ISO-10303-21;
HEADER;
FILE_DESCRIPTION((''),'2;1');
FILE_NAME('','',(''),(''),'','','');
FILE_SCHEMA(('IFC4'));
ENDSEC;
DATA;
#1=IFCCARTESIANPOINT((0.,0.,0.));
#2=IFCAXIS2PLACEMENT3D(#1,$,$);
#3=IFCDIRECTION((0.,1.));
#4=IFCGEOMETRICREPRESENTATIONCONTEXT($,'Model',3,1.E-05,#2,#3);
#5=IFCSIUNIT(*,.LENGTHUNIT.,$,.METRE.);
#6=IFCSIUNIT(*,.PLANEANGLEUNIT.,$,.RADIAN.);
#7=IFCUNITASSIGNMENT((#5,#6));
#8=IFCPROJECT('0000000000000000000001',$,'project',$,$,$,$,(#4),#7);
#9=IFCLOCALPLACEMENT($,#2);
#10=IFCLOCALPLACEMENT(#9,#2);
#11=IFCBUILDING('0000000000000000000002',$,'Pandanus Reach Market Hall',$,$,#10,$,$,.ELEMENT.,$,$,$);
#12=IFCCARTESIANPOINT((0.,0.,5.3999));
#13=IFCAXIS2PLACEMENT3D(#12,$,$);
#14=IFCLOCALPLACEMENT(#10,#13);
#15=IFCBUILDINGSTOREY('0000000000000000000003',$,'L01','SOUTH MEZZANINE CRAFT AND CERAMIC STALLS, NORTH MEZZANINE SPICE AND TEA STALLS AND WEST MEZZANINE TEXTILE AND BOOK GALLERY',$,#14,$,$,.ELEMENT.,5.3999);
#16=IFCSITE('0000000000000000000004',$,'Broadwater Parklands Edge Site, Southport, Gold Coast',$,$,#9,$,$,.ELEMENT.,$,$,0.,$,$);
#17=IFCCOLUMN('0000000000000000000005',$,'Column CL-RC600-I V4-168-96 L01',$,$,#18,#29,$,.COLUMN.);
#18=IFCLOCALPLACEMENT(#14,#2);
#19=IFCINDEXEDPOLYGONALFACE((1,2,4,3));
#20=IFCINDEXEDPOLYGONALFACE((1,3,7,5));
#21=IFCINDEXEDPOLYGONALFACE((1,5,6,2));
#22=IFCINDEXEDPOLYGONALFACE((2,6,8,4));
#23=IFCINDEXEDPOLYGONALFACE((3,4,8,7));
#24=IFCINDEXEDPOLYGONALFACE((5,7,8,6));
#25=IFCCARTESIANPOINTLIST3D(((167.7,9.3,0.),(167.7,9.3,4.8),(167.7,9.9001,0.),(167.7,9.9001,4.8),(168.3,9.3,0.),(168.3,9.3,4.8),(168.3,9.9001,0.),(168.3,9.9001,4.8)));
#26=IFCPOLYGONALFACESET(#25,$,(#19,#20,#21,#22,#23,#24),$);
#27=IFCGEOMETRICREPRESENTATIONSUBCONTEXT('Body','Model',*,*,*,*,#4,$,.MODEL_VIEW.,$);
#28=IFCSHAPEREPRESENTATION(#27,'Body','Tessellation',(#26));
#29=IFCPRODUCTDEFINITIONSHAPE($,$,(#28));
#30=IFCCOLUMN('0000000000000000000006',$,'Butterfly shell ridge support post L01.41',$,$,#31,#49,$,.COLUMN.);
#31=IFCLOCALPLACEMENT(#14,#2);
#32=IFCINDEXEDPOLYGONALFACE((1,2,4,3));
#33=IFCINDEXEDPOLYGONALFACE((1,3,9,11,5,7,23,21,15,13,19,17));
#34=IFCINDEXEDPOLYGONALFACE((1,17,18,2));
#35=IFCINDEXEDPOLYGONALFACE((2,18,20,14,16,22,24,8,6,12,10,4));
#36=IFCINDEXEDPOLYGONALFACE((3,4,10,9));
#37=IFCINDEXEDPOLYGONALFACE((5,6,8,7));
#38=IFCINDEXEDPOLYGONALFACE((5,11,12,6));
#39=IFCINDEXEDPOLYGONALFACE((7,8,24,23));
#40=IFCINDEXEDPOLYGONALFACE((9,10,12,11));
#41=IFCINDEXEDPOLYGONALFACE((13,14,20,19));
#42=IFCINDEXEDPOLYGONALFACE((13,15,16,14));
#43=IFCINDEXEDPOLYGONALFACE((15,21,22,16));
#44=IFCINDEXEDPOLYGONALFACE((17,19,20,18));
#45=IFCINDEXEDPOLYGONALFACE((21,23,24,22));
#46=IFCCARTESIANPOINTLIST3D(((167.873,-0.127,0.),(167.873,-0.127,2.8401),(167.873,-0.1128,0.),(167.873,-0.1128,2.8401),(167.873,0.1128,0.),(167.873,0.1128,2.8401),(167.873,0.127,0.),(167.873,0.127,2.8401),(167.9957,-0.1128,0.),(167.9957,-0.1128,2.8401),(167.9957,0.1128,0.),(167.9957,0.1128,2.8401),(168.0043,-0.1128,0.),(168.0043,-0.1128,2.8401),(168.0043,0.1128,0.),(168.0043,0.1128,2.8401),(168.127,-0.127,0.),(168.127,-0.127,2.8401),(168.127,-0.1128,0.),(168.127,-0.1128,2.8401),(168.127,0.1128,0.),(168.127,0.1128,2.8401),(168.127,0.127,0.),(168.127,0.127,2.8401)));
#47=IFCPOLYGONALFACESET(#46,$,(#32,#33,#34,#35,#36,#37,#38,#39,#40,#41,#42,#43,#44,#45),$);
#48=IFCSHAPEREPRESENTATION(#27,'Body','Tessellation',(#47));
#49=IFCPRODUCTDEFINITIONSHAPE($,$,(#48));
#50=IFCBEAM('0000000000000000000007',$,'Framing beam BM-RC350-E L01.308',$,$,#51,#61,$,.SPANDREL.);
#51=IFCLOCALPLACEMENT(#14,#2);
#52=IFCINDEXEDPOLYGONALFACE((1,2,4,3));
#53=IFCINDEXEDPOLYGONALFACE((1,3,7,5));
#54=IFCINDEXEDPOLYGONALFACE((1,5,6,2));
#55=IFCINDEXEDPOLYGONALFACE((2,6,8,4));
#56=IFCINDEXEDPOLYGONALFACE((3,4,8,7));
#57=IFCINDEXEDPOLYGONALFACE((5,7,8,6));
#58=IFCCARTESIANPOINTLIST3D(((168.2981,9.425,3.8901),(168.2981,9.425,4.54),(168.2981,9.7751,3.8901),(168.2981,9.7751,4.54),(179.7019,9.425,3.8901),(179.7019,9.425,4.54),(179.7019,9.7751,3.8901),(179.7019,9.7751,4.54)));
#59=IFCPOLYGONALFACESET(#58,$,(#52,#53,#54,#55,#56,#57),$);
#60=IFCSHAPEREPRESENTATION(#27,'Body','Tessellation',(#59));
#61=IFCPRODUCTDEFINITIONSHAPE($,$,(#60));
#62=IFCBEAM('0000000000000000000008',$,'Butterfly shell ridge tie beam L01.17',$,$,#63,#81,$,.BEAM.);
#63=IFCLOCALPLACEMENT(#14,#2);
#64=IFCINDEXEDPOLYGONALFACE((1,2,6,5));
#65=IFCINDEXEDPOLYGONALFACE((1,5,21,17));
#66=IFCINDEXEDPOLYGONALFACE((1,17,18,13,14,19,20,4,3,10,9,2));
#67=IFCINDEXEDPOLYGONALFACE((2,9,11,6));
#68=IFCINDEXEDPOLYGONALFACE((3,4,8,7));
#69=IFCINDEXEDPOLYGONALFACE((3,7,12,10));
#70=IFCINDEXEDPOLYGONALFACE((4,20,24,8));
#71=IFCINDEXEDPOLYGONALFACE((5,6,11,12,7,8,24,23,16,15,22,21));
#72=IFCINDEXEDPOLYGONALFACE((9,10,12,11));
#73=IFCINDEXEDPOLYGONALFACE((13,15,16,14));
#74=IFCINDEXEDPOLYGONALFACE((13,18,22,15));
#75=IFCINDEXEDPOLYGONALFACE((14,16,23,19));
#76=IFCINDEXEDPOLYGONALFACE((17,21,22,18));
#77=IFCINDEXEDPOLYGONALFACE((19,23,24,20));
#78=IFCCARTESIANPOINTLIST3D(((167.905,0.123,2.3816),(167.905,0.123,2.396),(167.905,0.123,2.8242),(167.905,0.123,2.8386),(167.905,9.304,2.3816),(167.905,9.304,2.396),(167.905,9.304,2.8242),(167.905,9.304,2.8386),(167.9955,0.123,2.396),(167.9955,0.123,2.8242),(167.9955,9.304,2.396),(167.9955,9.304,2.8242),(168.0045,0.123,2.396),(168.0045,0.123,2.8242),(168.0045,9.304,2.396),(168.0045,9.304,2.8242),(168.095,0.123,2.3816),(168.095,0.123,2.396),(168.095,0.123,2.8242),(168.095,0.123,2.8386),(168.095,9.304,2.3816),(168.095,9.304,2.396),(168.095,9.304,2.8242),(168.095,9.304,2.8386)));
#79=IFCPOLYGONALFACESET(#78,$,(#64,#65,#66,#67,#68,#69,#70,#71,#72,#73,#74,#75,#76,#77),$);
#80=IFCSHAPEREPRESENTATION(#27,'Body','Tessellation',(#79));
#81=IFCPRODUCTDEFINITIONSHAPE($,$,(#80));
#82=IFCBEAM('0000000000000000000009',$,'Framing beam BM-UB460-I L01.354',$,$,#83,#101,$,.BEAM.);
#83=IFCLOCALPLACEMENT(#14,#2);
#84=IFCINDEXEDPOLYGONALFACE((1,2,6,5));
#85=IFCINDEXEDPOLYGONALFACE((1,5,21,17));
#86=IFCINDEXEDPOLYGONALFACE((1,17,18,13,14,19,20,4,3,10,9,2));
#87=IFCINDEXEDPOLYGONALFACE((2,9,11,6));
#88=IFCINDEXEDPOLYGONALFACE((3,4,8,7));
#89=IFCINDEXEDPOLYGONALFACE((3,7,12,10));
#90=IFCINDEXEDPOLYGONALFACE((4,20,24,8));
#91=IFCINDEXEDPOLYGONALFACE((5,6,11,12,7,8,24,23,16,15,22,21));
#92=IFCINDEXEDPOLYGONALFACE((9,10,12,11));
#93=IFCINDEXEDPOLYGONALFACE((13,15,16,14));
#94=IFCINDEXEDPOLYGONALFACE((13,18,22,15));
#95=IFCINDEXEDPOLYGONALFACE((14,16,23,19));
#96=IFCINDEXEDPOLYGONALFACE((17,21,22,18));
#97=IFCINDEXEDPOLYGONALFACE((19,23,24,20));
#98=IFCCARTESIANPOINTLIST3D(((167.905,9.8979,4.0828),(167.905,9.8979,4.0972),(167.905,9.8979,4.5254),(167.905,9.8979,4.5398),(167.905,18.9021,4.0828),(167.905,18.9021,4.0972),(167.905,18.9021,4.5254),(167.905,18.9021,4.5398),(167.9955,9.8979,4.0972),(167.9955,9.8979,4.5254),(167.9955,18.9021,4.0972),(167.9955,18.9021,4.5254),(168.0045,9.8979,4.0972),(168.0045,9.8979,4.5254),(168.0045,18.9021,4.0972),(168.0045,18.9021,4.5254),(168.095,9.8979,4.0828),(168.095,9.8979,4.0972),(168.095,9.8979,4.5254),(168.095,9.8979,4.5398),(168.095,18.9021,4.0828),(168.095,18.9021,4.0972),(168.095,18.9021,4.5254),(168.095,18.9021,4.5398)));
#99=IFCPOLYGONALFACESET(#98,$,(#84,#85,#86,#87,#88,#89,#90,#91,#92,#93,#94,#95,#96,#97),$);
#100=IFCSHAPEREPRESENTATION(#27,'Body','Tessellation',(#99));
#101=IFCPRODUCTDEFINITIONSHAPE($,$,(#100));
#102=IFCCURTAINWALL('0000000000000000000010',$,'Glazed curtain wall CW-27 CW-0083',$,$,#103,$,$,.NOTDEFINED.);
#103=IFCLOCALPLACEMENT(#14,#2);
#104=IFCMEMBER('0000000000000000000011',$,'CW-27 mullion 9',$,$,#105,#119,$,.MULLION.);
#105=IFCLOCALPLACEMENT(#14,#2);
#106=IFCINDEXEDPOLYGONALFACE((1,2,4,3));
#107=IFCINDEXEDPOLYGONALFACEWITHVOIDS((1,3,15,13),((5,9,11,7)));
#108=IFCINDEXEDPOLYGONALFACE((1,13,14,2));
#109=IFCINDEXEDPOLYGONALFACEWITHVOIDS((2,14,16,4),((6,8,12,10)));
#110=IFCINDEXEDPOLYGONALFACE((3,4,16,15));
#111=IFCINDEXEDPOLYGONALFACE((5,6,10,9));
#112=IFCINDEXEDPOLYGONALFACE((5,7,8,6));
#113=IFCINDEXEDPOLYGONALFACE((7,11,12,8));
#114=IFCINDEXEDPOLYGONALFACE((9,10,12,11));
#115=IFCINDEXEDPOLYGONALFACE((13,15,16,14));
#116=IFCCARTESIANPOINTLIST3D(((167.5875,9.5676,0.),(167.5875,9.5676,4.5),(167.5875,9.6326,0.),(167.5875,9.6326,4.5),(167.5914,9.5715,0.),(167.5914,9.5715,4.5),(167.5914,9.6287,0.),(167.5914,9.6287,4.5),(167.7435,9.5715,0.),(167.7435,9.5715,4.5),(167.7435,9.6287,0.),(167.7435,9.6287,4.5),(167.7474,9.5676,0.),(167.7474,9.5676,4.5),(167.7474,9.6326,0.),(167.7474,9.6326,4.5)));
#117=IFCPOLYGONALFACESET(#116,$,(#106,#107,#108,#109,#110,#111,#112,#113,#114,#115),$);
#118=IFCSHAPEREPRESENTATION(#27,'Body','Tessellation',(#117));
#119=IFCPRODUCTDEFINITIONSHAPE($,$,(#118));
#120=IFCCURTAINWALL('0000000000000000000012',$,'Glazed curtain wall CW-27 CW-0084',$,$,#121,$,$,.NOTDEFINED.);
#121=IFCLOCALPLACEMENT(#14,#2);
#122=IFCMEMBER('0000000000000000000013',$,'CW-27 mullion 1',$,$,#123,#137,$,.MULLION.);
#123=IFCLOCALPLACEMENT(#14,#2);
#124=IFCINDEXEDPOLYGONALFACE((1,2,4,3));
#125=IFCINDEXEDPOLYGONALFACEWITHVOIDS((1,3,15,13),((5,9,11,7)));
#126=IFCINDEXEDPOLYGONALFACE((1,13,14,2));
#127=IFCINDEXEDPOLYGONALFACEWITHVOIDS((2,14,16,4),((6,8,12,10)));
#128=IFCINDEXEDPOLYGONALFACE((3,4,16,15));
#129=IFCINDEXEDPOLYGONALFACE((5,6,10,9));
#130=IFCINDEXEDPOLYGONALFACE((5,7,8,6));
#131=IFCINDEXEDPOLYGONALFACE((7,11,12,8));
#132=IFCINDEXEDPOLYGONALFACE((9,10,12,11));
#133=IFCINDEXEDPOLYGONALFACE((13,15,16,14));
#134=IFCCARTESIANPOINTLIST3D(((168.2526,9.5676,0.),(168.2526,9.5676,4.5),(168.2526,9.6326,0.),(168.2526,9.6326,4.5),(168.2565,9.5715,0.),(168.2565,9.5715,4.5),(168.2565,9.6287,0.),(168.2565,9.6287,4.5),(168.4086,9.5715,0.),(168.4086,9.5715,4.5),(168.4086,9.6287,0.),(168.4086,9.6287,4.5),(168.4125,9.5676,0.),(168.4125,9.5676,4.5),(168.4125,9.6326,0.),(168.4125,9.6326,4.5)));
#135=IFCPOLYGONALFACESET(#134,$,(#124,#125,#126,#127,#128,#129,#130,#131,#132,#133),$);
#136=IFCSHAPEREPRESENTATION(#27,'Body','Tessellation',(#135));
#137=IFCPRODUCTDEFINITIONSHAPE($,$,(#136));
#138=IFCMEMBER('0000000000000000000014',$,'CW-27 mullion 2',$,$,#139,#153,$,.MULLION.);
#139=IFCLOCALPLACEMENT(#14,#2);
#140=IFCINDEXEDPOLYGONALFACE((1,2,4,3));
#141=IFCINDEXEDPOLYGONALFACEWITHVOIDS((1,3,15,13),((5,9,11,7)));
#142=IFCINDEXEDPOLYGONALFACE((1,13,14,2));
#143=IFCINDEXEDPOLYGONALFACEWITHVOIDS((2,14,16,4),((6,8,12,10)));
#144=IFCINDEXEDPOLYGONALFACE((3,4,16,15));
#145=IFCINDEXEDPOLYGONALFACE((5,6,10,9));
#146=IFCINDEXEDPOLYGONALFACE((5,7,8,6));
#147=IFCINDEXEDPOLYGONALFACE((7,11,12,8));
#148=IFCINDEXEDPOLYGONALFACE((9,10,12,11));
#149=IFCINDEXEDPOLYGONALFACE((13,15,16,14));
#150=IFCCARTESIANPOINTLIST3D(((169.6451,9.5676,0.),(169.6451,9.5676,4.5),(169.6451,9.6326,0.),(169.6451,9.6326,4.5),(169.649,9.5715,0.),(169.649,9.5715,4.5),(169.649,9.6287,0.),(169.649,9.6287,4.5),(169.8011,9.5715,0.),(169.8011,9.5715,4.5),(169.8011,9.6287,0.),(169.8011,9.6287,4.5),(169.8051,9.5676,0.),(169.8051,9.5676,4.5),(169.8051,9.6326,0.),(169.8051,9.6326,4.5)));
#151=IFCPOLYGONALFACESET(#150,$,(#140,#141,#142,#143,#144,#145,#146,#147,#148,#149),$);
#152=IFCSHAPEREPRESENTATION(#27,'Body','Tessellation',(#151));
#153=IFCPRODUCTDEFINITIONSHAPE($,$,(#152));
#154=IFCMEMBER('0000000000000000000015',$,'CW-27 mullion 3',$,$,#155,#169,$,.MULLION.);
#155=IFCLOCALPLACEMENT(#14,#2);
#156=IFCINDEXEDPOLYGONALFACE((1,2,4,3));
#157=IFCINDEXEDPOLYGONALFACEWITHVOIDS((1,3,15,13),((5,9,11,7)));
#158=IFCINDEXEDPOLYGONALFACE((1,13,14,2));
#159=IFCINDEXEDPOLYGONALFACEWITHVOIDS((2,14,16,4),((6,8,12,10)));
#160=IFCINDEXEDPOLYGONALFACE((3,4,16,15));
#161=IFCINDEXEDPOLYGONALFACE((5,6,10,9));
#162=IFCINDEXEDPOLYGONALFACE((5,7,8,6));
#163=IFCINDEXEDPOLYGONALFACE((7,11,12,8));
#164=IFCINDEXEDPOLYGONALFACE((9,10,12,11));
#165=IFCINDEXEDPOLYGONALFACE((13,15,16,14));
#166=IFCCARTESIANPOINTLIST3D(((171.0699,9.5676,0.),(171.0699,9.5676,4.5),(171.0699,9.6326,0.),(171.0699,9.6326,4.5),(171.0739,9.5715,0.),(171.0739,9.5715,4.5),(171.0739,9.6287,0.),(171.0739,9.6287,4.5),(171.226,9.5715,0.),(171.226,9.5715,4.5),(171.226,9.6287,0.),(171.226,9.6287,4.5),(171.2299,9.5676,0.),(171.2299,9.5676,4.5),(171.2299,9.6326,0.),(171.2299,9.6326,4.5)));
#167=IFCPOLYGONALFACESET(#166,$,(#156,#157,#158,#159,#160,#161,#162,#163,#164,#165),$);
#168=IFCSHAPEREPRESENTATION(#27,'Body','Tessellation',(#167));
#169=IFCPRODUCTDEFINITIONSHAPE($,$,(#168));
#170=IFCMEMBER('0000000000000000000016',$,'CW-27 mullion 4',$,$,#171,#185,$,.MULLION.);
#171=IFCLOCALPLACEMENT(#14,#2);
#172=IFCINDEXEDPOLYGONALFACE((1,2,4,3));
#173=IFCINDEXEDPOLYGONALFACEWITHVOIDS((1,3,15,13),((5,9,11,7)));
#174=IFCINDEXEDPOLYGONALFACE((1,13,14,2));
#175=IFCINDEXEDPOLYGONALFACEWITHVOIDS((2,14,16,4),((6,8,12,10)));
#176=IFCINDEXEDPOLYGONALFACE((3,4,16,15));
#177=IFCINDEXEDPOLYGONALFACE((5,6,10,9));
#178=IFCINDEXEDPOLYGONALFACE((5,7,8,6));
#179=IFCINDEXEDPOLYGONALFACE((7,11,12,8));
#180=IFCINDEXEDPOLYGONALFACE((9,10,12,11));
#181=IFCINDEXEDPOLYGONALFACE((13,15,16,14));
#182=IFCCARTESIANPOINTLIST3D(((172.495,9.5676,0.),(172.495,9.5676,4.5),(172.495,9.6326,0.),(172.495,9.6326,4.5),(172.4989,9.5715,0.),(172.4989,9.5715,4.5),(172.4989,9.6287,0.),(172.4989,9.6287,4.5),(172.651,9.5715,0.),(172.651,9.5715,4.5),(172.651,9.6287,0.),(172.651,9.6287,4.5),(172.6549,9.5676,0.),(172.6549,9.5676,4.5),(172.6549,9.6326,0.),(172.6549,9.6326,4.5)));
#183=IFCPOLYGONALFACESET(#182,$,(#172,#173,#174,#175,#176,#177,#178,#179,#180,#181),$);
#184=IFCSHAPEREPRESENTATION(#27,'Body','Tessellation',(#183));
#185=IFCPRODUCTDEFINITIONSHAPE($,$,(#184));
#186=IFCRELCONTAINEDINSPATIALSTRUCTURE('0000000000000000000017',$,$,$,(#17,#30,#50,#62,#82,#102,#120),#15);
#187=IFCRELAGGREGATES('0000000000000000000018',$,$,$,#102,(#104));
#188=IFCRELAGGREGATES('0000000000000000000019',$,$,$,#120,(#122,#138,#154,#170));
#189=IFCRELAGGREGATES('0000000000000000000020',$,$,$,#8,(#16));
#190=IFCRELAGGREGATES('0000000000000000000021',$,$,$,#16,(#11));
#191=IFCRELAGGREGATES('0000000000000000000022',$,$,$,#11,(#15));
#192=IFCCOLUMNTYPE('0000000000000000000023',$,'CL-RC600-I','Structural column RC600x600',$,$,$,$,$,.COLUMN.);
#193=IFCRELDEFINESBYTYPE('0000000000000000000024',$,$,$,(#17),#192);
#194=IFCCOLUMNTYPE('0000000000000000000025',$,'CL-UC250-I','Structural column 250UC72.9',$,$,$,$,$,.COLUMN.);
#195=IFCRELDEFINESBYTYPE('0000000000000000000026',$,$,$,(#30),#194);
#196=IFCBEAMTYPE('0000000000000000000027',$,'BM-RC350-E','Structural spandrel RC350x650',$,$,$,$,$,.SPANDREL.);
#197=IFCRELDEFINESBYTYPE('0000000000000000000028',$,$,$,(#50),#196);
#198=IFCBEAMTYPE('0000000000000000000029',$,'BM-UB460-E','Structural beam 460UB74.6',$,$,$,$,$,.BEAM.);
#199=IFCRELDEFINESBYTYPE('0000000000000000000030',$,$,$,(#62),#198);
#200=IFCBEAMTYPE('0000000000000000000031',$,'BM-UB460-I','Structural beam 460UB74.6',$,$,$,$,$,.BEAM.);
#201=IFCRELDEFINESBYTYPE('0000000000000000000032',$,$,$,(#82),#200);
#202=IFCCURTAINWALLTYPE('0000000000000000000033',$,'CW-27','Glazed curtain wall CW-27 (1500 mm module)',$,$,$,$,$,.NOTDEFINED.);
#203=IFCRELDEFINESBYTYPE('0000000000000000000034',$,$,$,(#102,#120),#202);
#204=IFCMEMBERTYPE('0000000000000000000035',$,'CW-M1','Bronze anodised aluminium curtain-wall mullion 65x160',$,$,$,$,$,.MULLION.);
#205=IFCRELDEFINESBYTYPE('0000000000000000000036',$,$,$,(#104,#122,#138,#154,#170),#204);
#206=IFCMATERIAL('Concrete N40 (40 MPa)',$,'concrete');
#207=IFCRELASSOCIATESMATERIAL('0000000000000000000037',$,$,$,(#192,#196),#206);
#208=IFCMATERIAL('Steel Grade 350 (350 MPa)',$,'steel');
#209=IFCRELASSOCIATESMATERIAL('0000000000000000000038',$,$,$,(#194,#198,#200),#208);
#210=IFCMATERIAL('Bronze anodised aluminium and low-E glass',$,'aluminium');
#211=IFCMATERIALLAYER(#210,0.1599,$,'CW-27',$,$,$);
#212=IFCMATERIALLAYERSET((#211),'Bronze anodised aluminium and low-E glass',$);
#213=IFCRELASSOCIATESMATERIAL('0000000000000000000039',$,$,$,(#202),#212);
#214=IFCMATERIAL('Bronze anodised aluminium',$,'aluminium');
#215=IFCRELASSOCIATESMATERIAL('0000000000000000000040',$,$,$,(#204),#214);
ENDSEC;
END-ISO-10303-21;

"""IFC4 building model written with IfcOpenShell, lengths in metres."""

from ifc_helpers import new_model, si_unit, direction, frame, origin, origin_2d, place, context, subcontext, project, spatial, rectangle, hollow_rectangle, i_section, extrude, material, layer, layer_set, material_profile, profile_set, type_object, element, aggregate, save


model = new_model("IFC4")

# Units and contexts
model_context = context("Model", 3, precision=1e-05, world=origin(), true_north=direction((0.0, 1.0)))
body_context = subcontext(model_context, "Body", "Model", "MODEL_VIEW")
ifc_project = project(units=[si_unit("LENGTHUNIT", "METRE"), si_unit("PLANEANGLEUNIT", "RADIAN")], contexts=[model_context])

# Site, building, storey
site_placement = place(None, origin())
site = spatial("IfcSite", under=ifc_project, at=site_placement, Name="Broadwater Parklands Edge Site, Southport, Gold Coast", CompositionType="ELEMENT", RefElevation=0.0)
building_placement = place(site_placement, origin())
building = spatial("IfcBuilding", under=site, at=building_placement, Name="Pandanus Reach Market Hall", CompositionType="ELEMENT")
storey_placement = place(building_placement, frame((0.0, 0.0, 5.3999)))
storey = spatial("IfcBuildingStorey", under=building, at=storey_placement, Name="L01", Description="SOUTH MEZZANINE CRAFT AND CERAMIC STALLS, NORTH MEZZANINE SPICE AND TEA STALLS AND WEST MEZZANINE TEXTILE AND BOOK GALLERY", CompositionType="ELEMENT", Elevation=5.3999)

# Columns
ifc_material_1 = material(Name="Concrete N40 (40 MPa)", Category="concrete")
ifc_material_profile_1 = material_profile(ifc_material_1, rectangle(XDim=0.6001, YDim=0.6001, at=origin_2d()), Name="RC600x600", Category="LoadBearing")
ifc_profile_set_1 = profile_set([ifc_material_profile_1], Name="Concrete N40 (40 MPa)")
column_type_1 = type_object("IfcColumnType", Name="CL-RC600-I", Description="Structural column RC600x600", PredefinedType="COLUMN", material=ifc_profile_set_1)
column_1_placement = place(storey_placement, frame((168.0, 9.6001, 0.0), z_axis=(0.0, 0.0, 1.0), x_axis=(1.0, 0.0, 0.0)))
element("IfcColumn", 1, at=column_1_placement, inside=storey, type_object=column_type_1, Name="Column CL-RC600-I V4-168-96 L01", PredefinedType="COLUMN", context=body_context, shape_type="SweptSolid", body=[
    extrude(rectangle(XDim=0.6001, YDim=0.6001, at=origin_2d()), origin(), (0.0, 0.0, 1.0), 4.8),
])
ifc_material_2 = material(Name="Steel Grade 350 (350 MPa)", Category="steel")
ifc_material_profile_2 = material_profile(ifc_material_2, i_section(OverallWidth=0.2539, OverallDepth=0.2539, WebThickness=0.0085, FlangeThickness=0.0142, at=origin_2d()), Name="250UC72.9", Category="LoadBearing")
ifc_profile_set_2 = profile_set([ifc_material_profile_2], Name="Steel Grade 350 (350 MPa)")
column_type_2 = type_object("IfcColumnType", Name="CL-UC250-I", Description="Structural column 250UC72.9", PredefinedType="COLUMN", material=ifc_profile_set_2)
column_2_placement = place(storey_placement, frame((168.0, 0.0, 0.0), z_axis=(0.0, 0.0, 1.0), x_axis=(1.0, 0.0, 0.0)))
element("IfcColumn", 2, at=column_2_placement, inside=storey, type_object=column_type_2, Name="Butterfly shell ridge support post L01.41", PredefinedType="COLUMN", context=body_context, shape_type="SweptSolid", body=[
    extrude(i_section(OverallWidth=0.2539, OverallDepth=0.2539, WebThickness=0.0085, FlangeThickness=0.0142, at=origin_2d()), origin(), (0.0, 0.0, 1.0), 2.8401),
])

# Beams
ifc_material_profile_3 = material_profile(ifc_material_1, rectangle(XDim=0.3501, YDim=0.6499, at=origin_2d()), Name="RC350x650", Category="LoadBearing")
ifc_profile_set_3 = profile_set([ifc_material_profile_3], Name="Concrete N40 (40 MPa)")
beam_type_1 = type_object("IfcBeamType", Name="BM-RC350-E", Description="Structural spandrel RC350x650", PredefinedType="SPANDREL", material=ifc_profile_set_3)
beam_1_placement = place(storey_placement, frame((168.2981, 9.6001, 4.2151), z_axis=(1.0, 0.0, 0.0), x_axis=(0.0, 1.0, 0.0)))
element("IfcBeam", 3, at=beam_1_placement, inside=storey, type_object=beam_type_1, Name="Framing beam BM-RC350-E L01.308", PredefinedType="SPANDREL", context=body_context, shape_type="SweptSolid", body=[
    extrude(rectangle(XDim=0.3501, YDim=0.6499, at=origin_2d()), origin(), (0.0, 0.0, 1.0), 11.4038),
])
ifc_material_profile_4 = material_profile(ifc_material_2, i_section(OverallWidth=0.1899, OverallDepth=0.457, WebThickness=0.009, FlangeThickness=0.0144, at=origin_2d()), Name="460UB74.6", Category="LoadBearing")
ifc_profile_set_4 = profile_set([ifc_material_profile_4], Name="Steel Grade 350 (350 MPa)")
beam_type_2 = type_object("IfcBeamType", Name="BM-UB460-E", Description="Structural beam 460UB74.6", PredefinedType="BEAM", material=ifc_profile_set_4)
beam_2_placement = place(storey_placement, frame((168.0, 0.123, 2.6101), z_axis=(0.0, 1.0, 0.0), x_axis=(-1.0, 0.0, 0.0)))
element("IfcBeam", 4, at=beam_2_placement, inside=storey, type_object=beam_type_2, Name="Butterfly shell ridge tie beam L01.17", PredefinedType="BEAM", context=body_context, shape_type="SweptSolid", body=[
    extrude(i_section(OverallWidth=0.1899, OverallDepth=0.457, WebThickness=0.009, FlangeThickness=0.0144, at=origin_2d()), origin(), (0.0, 0.0, 1.0), 9.1809),
])
ifc_material_profile_5 = material_profile(ifc_material_2, i_section(OverallWidth=0.1899, OverallDepth=0.457, WebThickness=0.009, FlangeThickness=0.0144, at=origin_2d()), Name="460UB74.6", Category="LoadBearing")
ifc_profile_set_5 = profile_set([ifc_material_profile_5], Name="Steel Grade 350 (350 MPa)")
beam_type_3 = type_object("IfcBeamType", Name="BM-UB460-I", Description="Structural beam 460UB74.6", PredefinedType="BEAM", material=ifc_profile_set_5)
beam_3_placement = place(storey_placement, frame((168.0, 9.8979, 4.3113), z_axis=(0.0, 1.0, 0.0), x_axis=(-1.0, 0.0, 0.0)))
element("IfcBeam", 5, at=beam_3_placement, inside=storey, type_object=beam_type_3, Name="Framing beam BM-UB460-I L01.354", PredefinedType="BEAM", context=body_context, shape_type="SweptSolid", body=[
    extrude(i_section(OverallWidth=0.1899, OverallDepth=0.457, WebThickness=0.009, FlangeThickness=0.0144, at=origin_2d()), origin(), (0.0, 0.0, 1.0), 9.0042),
])

# Curtain wall, member
ifc_material_3 = material(Name="Bronze anodised aluminium and low-E glass", Category="aluminium")
ifc_layer_1 = layer(ifc_material_3, 0.1599, Name="CW-27")
ifc_layer_set_1 = layer_set([ifc_layer_1], Name="Bronze anodised aluminium and low-E glass")
curtain_wall_type = type_object("IfcCurtainWallType", Name="CW-27", Description="Glazed curtain wall CW-27 (1500 mm module)", PredefinedType="NOTDEFINED", material=ifc_layer_set_1)
curtain_wall_1_placement = place(storey_placement, origin())
curtain_wall_1 = element("IfcCurtainWall", 6, at=curtain_wall_1_placement, inside=storey, type_object=curtain_wall_type, Name="Glazed curtain wall CW-27 CW-0083", PredefinedType="NOTDEFINED")
ifc_material_4 = material(Name="Bronze anodised aluminium", Category="aluminium")
ifc_material_profile_6 = material_profile(ifc_material_4, hollow_rectangle(XDim=0.0649, YDim=0.1599, WallThickness=0.0039, at=origin_2d()), Name="ALU65x160", Category="LoadBearing")
ifc_profile_set_6 = profile_set([ifc_material_profile_6], Name="Bronze anodised aluminium")
member_type_1 = type_object("IfcMemberType", Name="CW-M1", Description="Bronze anodised aluminium curtain-wall mullion 65x160", PredefinedType="MULLION", material=ifc_profile_set_6)
member_1_placement = place(storey_placement, frame((167.6675, 9.6001, 0.0), z_axis=(0.0, 0.0, 1.0), x_axis=(0.0, 1.0, 0.0)))
member_1 = element("IfcMember", 7, at=member_1_placement, type_object=member_type_1, Name="CW-27 mullion 9", PredefinedType="MULLION", context=body_context, shape_type="SweptSolid", body=[
    extrude(hollow_rectangle(XDim=0.0649, YDim=0.1599, WallThickness=0.0039, at=origin_2d()), origin(), (0.0, 0.0, 1.0), 4.5),
])

# Curtain wall, members
curtain_wall_2_placement = place(storey_placement, origin())
curtain_wall_2 = element("IfcCurtainWall", 8, at=curtain_wall_2_placement, inside=storey, type_object=curtain_wall_type, Name="Glazed curtain wall CW-27 CW-0084", PredefinedType="NOTDEFINED")
member_2_placement = place(storey_placement, frame((168.3325, 9.6001, 0.0), z_axis=(0.0, 0.0, 1.0), x_axis=(0.0, 1.0, 0.0)))
member_2 = element("IfcMember", 9, at=member_2_placement, type_object=member_type_1, Name="CW-27 mullion 1", PredefinedType="MULLION", context=body_context, shape_type="SweptSolid", body=[
    extrude(hollow_rectangle(XDim=0.0649, YDim=0.1599, WallThickness=0.0039, at=origin_2d()), origin(), (0.0, 0.0, 1.0), 4.5),
])
member_3_placement = place(storey_placement, frame((169.7251, 9.6001, 0.0), z_axis=(0.0, 0.0, 1.0), x_axis=(0.0, 1.0, 0.0)))
member_3 = element("IfcMember", 10, at=member_3_placement, type_object=member_type_1, Name="CW-27 mullion 2", PredefinedType="MULLION", context=body_context, shape_type="SweptSolid", body=[
    extrude(hollow_rectangle(XDim=0.0649, YDim=0.1599, WallThickness=0.0039, at=origin_2d()), origin(), (0.0, 0.0, 1.0), 4.5),
])
member_4_placement = place(storey_placement, frame((171.1499, 9.6001, 0.0), z_axis=(0.0, 0.0, 1.0), x_axis=(0.0, 1.0, 0.0)))
member_4 = element("IfcMember", 11, at=member_4_placement, type_object=member_type_1, Name="CW-27 mullion 3", PredefinedType="MULLION", context=body_context, shape_type="SweptSolid", body=[
    extrude(hollow_rectangle(XDim=0.0649, YDim=0.1599, WallThickness=0.0039, at=origin_2d()), origin(), (0.0, 0.0, 1.0), 4.5),
])
member_5_placement = place(storey_placement, frame((172.575, 9.6001, 0.0), z_axis=(0.0, 0.0, 1.0), x_axis=(0.0, 1.0, 0.0)))
member_5 = element("IfcMember", 12, at=member_5_placement, type_object=member_type_1, Name="CW-27 mullion 4", PredefinedType="MULLION", context=body_context, shape_type="SweptSolid", body=[
    extrude(hollow_rectangle(XDim=0.0649, YDim=0.1599, WallThickness=0.0039, at=origin_2d()), origin(), (0.0, 0.0, 1.0), 4.5),
])

aggregate(curtain_wall_1, [member_1])
aggregate(curtain_wall_2, [member_2, member_3, member_4, member_5])

save(model, "model.ifc")
